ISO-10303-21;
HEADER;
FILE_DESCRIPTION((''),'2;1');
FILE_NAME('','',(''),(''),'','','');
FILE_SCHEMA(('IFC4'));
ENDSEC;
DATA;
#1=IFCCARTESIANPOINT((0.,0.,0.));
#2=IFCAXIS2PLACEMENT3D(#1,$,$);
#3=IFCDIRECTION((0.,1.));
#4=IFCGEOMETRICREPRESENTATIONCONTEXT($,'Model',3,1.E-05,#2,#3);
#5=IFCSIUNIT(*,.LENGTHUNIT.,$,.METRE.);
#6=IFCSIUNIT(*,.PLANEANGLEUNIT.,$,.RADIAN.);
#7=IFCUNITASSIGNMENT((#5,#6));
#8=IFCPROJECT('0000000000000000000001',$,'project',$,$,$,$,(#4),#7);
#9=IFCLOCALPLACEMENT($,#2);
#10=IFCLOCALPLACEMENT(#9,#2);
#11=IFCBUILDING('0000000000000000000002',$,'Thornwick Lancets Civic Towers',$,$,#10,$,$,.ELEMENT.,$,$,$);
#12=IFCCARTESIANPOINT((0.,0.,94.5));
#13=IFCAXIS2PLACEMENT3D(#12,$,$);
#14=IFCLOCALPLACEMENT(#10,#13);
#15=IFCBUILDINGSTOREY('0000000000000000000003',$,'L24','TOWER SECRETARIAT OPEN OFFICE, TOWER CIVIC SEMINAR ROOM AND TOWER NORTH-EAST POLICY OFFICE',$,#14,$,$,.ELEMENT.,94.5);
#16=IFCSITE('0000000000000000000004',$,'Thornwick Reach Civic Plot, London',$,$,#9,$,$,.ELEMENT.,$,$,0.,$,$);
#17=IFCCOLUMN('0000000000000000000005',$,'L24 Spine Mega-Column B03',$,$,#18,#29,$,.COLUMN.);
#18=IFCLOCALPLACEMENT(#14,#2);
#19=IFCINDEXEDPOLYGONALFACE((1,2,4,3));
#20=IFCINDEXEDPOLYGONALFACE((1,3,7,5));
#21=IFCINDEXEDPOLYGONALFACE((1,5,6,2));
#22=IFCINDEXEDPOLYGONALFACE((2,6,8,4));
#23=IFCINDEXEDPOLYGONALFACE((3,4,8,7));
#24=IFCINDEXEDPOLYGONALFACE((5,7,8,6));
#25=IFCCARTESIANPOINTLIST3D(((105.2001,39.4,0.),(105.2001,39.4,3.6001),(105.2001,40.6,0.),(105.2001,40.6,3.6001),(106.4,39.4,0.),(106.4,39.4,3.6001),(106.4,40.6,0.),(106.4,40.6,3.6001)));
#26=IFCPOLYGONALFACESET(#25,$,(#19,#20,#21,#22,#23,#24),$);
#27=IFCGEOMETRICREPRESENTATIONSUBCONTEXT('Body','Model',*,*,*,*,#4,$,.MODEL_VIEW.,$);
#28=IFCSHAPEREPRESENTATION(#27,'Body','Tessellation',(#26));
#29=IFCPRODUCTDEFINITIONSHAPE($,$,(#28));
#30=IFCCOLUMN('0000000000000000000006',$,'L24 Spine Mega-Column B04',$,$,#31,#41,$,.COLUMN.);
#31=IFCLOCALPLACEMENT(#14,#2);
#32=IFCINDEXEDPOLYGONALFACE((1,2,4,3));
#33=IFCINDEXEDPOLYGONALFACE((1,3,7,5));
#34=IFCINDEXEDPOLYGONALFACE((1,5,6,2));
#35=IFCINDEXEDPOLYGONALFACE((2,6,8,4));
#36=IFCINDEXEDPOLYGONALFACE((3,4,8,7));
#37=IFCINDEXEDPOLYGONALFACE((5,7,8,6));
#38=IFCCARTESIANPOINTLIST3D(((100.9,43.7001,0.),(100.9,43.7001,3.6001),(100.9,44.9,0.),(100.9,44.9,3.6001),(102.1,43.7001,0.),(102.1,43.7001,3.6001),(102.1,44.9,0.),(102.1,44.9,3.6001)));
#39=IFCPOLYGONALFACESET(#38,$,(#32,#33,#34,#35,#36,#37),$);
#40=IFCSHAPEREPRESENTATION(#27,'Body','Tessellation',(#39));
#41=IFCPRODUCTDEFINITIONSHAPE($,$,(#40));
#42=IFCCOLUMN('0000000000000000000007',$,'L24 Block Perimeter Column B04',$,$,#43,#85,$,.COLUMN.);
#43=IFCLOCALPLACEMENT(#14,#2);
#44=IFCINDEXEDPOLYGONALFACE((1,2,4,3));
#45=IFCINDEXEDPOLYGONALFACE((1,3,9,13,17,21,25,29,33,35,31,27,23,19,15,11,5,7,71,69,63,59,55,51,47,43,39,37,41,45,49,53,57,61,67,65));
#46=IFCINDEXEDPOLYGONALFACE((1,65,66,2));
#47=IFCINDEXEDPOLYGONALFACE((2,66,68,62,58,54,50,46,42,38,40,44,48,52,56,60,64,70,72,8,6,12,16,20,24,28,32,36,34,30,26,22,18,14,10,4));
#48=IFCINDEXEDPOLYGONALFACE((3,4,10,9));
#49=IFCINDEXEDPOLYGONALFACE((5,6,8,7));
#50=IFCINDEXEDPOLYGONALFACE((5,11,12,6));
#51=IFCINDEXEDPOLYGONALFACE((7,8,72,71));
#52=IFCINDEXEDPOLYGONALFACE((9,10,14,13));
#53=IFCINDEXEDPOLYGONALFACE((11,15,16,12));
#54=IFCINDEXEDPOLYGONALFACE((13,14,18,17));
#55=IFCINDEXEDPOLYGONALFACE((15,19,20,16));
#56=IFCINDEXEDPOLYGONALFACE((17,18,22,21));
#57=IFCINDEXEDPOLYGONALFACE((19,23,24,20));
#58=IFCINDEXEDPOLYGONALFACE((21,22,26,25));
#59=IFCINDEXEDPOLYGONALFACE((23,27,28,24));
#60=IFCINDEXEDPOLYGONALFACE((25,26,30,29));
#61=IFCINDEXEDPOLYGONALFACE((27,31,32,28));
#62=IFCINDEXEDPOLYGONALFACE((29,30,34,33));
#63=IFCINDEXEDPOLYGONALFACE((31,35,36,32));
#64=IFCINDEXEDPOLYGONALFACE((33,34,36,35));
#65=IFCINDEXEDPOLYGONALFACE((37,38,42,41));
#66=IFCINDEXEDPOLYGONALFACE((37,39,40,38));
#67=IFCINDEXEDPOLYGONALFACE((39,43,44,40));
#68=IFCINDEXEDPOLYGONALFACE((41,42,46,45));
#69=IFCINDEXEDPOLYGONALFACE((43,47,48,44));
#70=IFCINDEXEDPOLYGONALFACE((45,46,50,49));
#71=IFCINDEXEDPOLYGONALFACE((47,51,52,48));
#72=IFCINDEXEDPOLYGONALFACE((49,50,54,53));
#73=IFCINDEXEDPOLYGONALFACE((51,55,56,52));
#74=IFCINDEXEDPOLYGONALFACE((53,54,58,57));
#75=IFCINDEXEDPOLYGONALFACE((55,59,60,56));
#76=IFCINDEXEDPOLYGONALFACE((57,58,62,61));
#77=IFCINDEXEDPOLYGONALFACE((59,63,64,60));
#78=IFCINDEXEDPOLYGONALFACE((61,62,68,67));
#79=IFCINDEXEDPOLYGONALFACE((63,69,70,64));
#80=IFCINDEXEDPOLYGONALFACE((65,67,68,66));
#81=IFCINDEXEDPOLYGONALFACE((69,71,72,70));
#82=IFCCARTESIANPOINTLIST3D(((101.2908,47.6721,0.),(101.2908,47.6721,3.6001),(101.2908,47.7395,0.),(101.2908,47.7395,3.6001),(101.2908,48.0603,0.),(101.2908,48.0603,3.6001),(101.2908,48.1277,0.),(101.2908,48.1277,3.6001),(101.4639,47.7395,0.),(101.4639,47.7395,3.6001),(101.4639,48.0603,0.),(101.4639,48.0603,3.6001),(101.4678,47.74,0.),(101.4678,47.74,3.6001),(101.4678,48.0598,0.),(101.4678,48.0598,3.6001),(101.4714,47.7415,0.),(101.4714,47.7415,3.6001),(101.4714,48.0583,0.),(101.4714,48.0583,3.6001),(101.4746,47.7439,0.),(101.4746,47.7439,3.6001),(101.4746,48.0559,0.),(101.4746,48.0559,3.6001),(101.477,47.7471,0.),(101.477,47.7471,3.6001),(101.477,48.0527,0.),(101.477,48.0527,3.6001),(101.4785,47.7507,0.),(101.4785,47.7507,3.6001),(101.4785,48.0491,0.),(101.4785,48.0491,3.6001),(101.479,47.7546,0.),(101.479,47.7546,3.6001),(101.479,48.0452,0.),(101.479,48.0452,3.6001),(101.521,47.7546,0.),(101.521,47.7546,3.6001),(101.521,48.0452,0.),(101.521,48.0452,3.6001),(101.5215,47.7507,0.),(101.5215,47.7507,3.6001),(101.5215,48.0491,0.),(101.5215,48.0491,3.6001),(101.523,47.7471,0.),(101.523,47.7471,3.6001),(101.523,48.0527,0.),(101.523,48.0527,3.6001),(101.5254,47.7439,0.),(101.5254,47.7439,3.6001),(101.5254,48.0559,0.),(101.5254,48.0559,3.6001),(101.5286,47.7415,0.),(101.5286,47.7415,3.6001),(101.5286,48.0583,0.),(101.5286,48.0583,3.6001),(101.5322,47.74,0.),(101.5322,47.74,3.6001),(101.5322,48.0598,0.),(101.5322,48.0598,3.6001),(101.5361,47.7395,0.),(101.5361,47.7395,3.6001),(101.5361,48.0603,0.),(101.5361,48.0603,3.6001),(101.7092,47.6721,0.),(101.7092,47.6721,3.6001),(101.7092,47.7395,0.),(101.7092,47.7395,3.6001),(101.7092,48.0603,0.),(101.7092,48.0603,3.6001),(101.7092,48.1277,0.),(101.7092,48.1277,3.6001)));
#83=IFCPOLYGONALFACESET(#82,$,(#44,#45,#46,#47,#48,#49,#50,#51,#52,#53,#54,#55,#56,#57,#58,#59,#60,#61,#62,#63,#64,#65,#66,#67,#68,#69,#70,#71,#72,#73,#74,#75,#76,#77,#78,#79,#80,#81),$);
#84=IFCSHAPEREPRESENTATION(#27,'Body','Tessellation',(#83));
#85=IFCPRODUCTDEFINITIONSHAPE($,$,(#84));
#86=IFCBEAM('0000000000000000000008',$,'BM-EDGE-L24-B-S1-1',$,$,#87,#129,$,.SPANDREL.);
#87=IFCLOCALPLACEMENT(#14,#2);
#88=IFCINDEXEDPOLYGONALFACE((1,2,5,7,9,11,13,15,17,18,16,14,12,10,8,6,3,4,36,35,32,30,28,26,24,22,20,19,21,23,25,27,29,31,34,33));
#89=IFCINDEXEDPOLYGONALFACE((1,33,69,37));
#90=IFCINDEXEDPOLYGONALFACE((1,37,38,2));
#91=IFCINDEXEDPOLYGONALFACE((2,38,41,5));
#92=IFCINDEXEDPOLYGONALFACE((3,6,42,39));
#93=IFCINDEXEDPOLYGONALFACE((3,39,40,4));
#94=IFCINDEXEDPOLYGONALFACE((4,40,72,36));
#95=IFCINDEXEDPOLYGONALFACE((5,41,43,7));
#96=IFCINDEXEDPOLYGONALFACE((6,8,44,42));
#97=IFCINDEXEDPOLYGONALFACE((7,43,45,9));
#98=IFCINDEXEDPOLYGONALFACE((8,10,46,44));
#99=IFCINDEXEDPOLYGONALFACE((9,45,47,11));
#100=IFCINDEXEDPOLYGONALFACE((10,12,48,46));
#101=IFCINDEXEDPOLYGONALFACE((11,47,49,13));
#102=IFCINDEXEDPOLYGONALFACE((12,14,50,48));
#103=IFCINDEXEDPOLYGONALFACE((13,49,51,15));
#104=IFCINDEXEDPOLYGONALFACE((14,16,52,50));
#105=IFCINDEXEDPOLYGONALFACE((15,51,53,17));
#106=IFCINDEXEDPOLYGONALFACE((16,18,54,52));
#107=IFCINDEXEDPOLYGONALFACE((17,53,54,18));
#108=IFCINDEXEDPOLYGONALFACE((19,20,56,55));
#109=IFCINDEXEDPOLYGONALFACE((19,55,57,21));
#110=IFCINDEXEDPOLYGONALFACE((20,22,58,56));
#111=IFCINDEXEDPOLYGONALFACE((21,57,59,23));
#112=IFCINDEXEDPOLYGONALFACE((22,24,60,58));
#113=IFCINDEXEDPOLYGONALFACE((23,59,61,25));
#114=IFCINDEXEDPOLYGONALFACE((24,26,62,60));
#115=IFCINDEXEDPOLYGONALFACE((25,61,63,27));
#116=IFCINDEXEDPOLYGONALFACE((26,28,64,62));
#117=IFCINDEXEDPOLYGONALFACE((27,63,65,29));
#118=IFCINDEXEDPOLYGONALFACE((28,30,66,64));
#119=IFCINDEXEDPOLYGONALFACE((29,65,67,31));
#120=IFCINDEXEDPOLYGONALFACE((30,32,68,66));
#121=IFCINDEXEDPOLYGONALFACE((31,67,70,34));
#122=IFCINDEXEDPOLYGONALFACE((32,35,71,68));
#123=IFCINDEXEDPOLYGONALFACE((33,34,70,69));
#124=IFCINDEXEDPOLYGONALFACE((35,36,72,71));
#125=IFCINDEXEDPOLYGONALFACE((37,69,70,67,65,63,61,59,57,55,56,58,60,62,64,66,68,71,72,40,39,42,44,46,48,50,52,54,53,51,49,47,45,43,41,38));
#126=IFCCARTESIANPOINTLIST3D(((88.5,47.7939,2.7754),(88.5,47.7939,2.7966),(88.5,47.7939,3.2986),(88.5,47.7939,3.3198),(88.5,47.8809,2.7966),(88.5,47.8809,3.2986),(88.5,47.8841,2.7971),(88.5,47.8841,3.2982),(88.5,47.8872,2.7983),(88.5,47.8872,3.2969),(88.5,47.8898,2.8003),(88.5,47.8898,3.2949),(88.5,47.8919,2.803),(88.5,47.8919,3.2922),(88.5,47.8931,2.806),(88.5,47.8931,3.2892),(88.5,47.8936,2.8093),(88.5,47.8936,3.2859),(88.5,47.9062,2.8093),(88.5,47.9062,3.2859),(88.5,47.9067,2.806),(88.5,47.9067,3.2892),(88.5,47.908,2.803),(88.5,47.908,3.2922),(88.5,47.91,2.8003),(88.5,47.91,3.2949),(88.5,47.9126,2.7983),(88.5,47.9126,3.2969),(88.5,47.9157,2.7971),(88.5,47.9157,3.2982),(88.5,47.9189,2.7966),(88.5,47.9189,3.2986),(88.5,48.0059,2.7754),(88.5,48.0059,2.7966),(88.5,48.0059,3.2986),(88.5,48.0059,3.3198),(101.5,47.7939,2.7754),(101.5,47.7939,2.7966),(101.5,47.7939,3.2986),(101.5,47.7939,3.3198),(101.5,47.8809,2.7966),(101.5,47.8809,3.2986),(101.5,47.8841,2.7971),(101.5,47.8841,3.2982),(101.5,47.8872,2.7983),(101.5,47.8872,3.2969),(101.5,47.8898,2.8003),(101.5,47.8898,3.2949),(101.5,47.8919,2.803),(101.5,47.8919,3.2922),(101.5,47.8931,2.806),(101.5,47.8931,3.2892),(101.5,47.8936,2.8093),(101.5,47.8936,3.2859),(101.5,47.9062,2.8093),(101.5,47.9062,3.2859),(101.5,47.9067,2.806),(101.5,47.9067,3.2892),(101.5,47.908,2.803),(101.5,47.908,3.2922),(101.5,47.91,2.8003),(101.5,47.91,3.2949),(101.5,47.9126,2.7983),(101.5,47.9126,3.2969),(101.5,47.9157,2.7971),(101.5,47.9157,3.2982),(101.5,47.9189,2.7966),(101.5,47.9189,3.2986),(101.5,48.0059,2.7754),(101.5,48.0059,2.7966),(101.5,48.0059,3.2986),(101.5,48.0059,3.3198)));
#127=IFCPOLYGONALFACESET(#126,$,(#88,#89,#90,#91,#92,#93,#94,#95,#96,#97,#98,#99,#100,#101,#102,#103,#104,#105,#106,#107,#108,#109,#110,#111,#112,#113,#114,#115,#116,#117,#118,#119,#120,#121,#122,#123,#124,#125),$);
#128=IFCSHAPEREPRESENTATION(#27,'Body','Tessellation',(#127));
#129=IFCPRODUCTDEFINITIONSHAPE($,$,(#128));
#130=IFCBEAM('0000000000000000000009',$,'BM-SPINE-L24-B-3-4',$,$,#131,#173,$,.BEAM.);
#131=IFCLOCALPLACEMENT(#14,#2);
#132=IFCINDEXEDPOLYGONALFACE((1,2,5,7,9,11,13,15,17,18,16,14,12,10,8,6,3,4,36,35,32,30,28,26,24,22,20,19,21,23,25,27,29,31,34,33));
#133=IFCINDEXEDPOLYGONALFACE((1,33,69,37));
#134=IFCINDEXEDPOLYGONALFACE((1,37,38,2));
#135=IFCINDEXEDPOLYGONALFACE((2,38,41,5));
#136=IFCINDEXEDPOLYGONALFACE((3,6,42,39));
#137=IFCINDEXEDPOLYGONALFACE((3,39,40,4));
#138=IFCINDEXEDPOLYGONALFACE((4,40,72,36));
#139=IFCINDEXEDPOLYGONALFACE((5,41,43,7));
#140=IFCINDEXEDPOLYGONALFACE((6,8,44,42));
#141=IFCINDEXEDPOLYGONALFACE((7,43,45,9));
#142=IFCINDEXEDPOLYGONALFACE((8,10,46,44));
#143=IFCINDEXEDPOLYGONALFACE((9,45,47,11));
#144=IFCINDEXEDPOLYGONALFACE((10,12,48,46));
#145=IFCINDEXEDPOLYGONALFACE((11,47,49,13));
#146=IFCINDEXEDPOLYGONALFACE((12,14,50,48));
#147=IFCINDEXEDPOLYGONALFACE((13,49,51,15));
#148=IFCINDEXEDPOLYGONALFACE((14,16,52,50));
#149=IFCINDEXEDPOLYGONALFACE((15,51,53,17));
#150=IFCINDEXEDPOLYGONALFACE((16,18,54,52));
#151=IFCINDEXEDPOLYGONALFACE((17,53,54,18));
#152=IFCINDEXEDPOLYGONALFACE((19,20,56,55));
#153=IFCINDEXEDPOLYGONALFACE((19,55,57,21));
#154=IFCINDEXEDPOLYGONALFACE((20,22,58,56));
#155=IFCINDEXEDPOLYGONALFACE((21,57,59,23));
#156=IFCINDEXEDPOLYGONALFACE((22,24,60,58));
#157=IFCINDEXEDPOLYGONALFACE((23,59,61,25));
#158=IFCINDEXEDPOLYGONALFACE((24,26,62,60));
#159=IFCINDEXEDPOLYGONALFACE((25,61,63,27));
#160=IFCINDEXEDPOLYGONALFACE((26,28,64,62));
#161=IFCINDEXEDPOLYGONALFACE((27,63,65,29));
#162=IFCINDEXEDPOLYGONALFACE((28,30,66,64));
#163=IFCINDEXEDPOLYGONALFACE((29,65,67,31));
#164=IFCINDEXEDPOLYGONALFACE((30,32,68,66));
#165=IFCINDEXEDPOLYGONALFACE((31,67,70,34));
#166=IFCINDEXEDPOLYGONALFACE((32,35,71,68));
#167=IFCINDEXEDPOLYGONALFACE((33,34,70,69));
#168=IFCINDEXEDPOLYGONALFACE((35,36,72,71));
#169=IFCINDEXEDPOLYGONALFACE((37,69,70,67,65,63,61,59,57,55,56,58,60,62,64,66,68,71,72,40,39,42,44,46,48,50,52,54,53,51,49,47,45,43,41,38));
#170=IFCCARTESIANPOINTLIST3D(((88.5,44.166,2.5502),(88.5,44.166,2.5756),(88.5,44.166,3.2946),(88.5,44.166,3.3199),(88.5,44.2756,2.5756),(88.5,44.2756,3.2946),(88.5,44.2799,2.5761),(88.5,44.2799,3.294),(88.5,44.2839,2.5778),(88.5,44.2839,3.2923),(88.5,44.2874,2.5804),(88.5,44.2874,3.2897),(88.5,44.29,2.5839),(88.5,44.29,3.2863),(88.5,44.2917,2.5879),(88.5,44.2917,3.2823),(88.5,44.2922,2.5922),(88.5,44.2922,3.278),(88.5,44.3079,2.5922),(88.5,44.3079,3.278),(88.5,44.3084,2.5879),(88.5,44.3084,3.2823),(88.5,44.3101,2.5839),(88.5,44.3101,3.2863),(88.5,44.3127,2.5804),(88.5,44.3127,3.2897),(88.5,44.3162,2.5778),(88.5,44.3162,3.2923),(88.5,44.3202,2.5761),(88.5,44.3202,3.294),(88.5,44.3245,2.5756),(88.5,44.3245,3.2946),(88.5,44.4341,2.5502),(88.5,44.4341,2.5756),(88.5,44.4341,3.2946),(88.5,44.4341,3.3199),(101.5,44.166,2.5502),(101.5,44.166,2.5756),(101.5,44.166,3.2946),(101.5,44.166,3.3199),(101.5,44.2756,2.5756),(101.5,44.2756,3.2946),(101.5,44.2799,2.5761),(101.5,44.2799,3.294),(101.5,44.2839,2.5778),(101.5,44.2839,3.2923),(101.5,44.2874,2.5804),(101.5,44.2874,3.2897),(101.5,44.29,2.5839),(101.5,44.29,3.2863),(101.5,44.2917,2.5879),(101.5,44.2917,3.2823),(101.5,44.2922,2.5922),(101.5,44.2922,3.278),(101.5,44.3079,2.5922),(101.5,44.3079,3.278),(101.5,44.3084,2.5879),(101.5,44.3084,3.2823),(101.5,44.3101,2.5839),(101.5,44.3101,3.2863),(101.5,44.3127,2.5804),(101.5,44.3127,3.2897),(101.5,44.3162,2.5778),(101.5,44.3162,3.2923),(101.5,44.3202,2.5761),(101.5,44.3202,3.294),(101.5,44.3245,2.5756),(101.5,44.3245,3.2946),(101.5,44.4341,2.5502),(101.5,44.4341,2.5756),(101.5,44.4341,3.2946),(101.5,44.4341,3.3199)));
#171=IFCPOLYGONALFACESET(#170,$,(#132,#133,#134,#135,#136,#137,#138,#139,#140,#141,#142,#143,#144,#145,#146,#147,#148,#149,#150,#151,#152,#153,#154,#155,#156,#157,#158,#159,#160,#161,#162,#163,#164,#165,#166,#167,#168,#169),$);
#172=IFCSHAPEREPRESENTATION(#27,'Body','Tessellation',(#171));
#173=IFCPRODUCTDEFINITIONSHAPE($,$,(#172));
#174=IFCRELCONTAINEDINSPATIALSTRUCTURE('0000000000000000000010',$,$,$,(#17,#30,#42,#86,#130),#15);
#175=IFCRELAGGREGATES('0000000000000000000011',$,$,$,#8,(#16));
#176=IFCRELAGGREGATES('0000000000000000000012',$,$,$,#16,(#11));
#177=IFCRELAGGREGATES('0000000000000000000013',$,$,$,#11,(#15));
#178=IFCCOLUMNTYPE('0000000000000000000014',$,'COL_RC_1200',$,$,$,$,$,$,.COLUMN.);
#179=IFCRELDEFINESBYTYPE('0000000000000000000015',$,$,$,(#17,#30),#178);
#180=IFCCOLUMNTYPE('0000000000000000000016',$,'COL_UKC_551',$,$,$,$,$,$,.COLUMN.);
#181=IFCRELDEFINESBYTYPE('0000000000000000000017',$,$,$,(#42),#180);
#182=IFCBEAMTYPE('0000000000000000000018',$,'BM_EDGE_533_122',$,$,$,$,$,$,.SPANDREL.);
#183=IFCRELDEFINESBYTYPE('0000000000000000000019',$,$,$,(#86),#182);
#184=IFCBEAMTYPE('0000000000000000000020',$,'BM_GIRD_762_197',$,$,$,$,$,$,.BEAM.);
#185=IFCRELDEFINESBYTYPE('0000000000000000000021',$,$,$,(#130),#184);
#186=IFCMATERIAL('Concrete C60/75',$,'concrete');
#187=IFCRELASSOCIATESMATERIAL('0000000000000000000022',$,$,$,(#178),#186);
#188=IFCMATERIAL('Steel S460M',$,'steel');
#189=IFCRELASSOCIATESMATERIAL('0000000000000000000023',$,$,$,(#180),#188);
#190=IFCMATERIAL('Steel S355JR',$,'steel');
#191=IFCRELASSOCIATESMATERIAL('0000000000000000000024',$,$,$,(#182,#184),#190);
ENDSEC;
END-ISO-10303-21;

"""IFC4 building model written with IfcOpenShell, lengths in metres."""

from ifc_helpers import new_model, si_unit, direction, frame, origin, origin_2d, place, context, subcontext, project, spatial, rectangle, i_section, extrude, material, material_profile, profile_set, type_object, element, save


model = new_model("IFC4")

# Units and contexts
model_context = context("Model", 3, precision=1e-05, world=origin(), true_north=direction((0.0, 1.0)))
body_context = subcontext(model_context, "Body", "Model", "MODEL_VIEW")
ifc_project = project(units=[si_unit("LENGTHUNIT", "METRE"), si_unit("PLANEANGLEUNIT", "RADIAN")], contexts=[model_context])

# Site, building, storey
site_placement = place(None, origin())
site = spatial("IfcSite", under=ifc_project, at=site_placement, Name="Thornwick Reach Civic Plot, London", CompositionType="ELEMENT", RefElevation=0.0)
building_placement = place(site_placement, origin())
building = spatial("IfcBuilding", under=site, at=building_placement, Name="Thornwick Lancets Civic Towers", CompositionType="ELEMENT")
storey_placement = place(building_placement, frame((0.0, 0.0, 94.5)))
storey = spatial("IfcBuildingStorey", under=building, at=storey_placement, Name="L24", Description="TOWER SECRETARIAT OPEN OFFICE, TOWER CIVIC SEMINAR ROOM AND TOWER NORTH-EAST POLICY OFFICE", CompositionType="ELEMENT", Elevation=94.5)

# Columns
ifc_material_1 = material(Name="Concrete C60/75", Category="concrete")
ifc_material_profile_1 = material_profile(ifc_material_1, rectangle(XDim=1.2, YDim=1.2, at=origin_2d()), Name="RC 1200x1200")
ifc_profile_set_1 = profile_set([ifc_material_profile_1], Name="Concrete C60/75")
column_type_1 = type_object("IfcColumnType", Name="COL_RC_1200", PredefinedType="COLUMN", material=ifc_profile_set_1)
for number, where, z_axis, x_axis, name in (
    (1, (105.8, 40.0, 0.0), (0.0, 0.0, 1.0), (1.0, 0.0, 0.0), "L24 Spine Mega-Column B03"),
    (2, (101.5, 44.3, 0.0), (0.0, 0.0, 1.0), (1.0, 0.0, 0.0), "L24 Spine Mega-Column B04"),
):
    element("IfcColumn", number, at=place(storey_placement, frame(where, z_axis=z_axis, x_axis=x_axis)), inside=storey, type_object=column_type_1, Name=name, PredefinedType="COLUMN", context=body_context, shape_type="SweptSolid", body=[
        extrude(rectangle(XDim=1.2, YDim=1.2, at=origin_2d()), origin(), (0.0, 0.0, 1.0), 3.6001),
    ])
ifc_material_2 = material(Name="Steel S460M", Category="steel")
ifc_material_profile_2 = material_profile(ifc_material_2, i_section(OverallWidth=0.4185, OverallDepth=0.4556, WebThickness=0.042, FlangeThickness=0.0674, FilletRadius=0.0151, at=origin_2d()), Name="UKC 356x406x551")
ifc_profile_set_2 = profile_set([ifc_material_profile_2], Name="Steel S460M")
column_type_2 = type_object("IfcColumnType", Name="COL_UKC_551", PredefinedType="COLUMN", material=ifc_profile_set_2)
column_placement = place(storey_placement, frame((101.5, 47.8999, 0.0), z_axis=(0.0, 0.0, 1.0), x_axis=(1.0, 0.0, 0.0)))
element("IfcColumn", 3, at=column_placement, inside=storey, type_object=column_type_2, Name="L24 Block Perimeter Column B04", PredefinedType="COLUMN", context=body_context, shape_type="SweptSolid", body=[
    extrude(i_section(OverallWidth=0.4185, OverallDepth=0.4556, WebThickness=0.042, FlangeThickness=0.0674, FilletRadius=0.0151, at=origin_2d()), origin(), (0.0, 0.0, 1.0), 3.6001),
])

# Beams
ifc_material_3 = material(Name="Steel S355JR", Category="steel")
ifc_material_profile_3 = material_profile(ifc_material_3, i_section(OverallWidth=0.2119, OverallDepth=0.5444, WebThickness=0.0127, FlangeThickness=0.0212, FilletRadius=0.0127, at=origin_2d()), Name="UKB 533x210x122")
ifc_profile_set_3 = profile_set([ifc_material_profile_3], Name="Steel S355JR")
beam_type_1 = type_object("IfcBeamType", Name="BM_EDGE_533_122", PredefinedType="SPANDREL", material=ifc_profile_set_3)
beam_1_placement = place(storey_placement, frame((101.5, 47.8999, 3.0476), z_axis=(-1.0, 0.0, 0.0), x_axis=(0.0, -1.0, 0.0)))
element("IfcBeam", 4, at=beam_1_placement, inside=storey, type_object=beam_type_1, Name="BM-EDGE-L24-B-S1-1", PredefinedType="SPANDREL", context=body_context, shape_type="SweptSolid", body=[
    extrude(i_section(OverallWidth=0.2119, OverallDepth=0.5444, WebThickness=0.0127, FlangeThickness=0.0212, FilletRadius=0.0127, at=origin_2d()), origin(), (0.0, 0.0, 1.0), 13.0),
])
ifc_material_profile_4 = material_profile(ifc_material_3, i_section(OverallWidth=0.2681, OverallDepth=0.7698, WebThickness=0.0156, FlangeThickness=0.0254, FilletRadius=0.0166, at=origin_2d()), Name="UKB 762x267x197")
ifc_profile_set_4 = profile_set([ifc_material_profile_4], Name="Steel S355JR")
beam_type_2 = type_object("IfcBeamType", Name="BM_GIRD_762_197", PredefinedType="BEAM", material=ifc_profile_set_4)
beam_2_placement = place(storey_placement, frame((101.5, 44.3, 2.9351), z_axis=(-1.0, 0.0, 0.0), x_axis=(0.0, -1.0, 0.0)))
element("IfcBeam", 5, at=beam_2_placement, inside=storey, type_object=beam_type_2, Name="BM-SPINE-L24-B-3-4", PredefinedType="BEAM", context=body_context, shape_type="SweptSolid", body=[
    extrude(i_section(OverallWidth=0.2681, OverallDepth=0.7698, WebThickness=0.0156, FlangeThickness=0.0254, FilletRadius=0.0166, at=origin_2d()), origin(), (0.0, 0.0, 1.0), 13.0),
])

save(model, "model.ifc")
